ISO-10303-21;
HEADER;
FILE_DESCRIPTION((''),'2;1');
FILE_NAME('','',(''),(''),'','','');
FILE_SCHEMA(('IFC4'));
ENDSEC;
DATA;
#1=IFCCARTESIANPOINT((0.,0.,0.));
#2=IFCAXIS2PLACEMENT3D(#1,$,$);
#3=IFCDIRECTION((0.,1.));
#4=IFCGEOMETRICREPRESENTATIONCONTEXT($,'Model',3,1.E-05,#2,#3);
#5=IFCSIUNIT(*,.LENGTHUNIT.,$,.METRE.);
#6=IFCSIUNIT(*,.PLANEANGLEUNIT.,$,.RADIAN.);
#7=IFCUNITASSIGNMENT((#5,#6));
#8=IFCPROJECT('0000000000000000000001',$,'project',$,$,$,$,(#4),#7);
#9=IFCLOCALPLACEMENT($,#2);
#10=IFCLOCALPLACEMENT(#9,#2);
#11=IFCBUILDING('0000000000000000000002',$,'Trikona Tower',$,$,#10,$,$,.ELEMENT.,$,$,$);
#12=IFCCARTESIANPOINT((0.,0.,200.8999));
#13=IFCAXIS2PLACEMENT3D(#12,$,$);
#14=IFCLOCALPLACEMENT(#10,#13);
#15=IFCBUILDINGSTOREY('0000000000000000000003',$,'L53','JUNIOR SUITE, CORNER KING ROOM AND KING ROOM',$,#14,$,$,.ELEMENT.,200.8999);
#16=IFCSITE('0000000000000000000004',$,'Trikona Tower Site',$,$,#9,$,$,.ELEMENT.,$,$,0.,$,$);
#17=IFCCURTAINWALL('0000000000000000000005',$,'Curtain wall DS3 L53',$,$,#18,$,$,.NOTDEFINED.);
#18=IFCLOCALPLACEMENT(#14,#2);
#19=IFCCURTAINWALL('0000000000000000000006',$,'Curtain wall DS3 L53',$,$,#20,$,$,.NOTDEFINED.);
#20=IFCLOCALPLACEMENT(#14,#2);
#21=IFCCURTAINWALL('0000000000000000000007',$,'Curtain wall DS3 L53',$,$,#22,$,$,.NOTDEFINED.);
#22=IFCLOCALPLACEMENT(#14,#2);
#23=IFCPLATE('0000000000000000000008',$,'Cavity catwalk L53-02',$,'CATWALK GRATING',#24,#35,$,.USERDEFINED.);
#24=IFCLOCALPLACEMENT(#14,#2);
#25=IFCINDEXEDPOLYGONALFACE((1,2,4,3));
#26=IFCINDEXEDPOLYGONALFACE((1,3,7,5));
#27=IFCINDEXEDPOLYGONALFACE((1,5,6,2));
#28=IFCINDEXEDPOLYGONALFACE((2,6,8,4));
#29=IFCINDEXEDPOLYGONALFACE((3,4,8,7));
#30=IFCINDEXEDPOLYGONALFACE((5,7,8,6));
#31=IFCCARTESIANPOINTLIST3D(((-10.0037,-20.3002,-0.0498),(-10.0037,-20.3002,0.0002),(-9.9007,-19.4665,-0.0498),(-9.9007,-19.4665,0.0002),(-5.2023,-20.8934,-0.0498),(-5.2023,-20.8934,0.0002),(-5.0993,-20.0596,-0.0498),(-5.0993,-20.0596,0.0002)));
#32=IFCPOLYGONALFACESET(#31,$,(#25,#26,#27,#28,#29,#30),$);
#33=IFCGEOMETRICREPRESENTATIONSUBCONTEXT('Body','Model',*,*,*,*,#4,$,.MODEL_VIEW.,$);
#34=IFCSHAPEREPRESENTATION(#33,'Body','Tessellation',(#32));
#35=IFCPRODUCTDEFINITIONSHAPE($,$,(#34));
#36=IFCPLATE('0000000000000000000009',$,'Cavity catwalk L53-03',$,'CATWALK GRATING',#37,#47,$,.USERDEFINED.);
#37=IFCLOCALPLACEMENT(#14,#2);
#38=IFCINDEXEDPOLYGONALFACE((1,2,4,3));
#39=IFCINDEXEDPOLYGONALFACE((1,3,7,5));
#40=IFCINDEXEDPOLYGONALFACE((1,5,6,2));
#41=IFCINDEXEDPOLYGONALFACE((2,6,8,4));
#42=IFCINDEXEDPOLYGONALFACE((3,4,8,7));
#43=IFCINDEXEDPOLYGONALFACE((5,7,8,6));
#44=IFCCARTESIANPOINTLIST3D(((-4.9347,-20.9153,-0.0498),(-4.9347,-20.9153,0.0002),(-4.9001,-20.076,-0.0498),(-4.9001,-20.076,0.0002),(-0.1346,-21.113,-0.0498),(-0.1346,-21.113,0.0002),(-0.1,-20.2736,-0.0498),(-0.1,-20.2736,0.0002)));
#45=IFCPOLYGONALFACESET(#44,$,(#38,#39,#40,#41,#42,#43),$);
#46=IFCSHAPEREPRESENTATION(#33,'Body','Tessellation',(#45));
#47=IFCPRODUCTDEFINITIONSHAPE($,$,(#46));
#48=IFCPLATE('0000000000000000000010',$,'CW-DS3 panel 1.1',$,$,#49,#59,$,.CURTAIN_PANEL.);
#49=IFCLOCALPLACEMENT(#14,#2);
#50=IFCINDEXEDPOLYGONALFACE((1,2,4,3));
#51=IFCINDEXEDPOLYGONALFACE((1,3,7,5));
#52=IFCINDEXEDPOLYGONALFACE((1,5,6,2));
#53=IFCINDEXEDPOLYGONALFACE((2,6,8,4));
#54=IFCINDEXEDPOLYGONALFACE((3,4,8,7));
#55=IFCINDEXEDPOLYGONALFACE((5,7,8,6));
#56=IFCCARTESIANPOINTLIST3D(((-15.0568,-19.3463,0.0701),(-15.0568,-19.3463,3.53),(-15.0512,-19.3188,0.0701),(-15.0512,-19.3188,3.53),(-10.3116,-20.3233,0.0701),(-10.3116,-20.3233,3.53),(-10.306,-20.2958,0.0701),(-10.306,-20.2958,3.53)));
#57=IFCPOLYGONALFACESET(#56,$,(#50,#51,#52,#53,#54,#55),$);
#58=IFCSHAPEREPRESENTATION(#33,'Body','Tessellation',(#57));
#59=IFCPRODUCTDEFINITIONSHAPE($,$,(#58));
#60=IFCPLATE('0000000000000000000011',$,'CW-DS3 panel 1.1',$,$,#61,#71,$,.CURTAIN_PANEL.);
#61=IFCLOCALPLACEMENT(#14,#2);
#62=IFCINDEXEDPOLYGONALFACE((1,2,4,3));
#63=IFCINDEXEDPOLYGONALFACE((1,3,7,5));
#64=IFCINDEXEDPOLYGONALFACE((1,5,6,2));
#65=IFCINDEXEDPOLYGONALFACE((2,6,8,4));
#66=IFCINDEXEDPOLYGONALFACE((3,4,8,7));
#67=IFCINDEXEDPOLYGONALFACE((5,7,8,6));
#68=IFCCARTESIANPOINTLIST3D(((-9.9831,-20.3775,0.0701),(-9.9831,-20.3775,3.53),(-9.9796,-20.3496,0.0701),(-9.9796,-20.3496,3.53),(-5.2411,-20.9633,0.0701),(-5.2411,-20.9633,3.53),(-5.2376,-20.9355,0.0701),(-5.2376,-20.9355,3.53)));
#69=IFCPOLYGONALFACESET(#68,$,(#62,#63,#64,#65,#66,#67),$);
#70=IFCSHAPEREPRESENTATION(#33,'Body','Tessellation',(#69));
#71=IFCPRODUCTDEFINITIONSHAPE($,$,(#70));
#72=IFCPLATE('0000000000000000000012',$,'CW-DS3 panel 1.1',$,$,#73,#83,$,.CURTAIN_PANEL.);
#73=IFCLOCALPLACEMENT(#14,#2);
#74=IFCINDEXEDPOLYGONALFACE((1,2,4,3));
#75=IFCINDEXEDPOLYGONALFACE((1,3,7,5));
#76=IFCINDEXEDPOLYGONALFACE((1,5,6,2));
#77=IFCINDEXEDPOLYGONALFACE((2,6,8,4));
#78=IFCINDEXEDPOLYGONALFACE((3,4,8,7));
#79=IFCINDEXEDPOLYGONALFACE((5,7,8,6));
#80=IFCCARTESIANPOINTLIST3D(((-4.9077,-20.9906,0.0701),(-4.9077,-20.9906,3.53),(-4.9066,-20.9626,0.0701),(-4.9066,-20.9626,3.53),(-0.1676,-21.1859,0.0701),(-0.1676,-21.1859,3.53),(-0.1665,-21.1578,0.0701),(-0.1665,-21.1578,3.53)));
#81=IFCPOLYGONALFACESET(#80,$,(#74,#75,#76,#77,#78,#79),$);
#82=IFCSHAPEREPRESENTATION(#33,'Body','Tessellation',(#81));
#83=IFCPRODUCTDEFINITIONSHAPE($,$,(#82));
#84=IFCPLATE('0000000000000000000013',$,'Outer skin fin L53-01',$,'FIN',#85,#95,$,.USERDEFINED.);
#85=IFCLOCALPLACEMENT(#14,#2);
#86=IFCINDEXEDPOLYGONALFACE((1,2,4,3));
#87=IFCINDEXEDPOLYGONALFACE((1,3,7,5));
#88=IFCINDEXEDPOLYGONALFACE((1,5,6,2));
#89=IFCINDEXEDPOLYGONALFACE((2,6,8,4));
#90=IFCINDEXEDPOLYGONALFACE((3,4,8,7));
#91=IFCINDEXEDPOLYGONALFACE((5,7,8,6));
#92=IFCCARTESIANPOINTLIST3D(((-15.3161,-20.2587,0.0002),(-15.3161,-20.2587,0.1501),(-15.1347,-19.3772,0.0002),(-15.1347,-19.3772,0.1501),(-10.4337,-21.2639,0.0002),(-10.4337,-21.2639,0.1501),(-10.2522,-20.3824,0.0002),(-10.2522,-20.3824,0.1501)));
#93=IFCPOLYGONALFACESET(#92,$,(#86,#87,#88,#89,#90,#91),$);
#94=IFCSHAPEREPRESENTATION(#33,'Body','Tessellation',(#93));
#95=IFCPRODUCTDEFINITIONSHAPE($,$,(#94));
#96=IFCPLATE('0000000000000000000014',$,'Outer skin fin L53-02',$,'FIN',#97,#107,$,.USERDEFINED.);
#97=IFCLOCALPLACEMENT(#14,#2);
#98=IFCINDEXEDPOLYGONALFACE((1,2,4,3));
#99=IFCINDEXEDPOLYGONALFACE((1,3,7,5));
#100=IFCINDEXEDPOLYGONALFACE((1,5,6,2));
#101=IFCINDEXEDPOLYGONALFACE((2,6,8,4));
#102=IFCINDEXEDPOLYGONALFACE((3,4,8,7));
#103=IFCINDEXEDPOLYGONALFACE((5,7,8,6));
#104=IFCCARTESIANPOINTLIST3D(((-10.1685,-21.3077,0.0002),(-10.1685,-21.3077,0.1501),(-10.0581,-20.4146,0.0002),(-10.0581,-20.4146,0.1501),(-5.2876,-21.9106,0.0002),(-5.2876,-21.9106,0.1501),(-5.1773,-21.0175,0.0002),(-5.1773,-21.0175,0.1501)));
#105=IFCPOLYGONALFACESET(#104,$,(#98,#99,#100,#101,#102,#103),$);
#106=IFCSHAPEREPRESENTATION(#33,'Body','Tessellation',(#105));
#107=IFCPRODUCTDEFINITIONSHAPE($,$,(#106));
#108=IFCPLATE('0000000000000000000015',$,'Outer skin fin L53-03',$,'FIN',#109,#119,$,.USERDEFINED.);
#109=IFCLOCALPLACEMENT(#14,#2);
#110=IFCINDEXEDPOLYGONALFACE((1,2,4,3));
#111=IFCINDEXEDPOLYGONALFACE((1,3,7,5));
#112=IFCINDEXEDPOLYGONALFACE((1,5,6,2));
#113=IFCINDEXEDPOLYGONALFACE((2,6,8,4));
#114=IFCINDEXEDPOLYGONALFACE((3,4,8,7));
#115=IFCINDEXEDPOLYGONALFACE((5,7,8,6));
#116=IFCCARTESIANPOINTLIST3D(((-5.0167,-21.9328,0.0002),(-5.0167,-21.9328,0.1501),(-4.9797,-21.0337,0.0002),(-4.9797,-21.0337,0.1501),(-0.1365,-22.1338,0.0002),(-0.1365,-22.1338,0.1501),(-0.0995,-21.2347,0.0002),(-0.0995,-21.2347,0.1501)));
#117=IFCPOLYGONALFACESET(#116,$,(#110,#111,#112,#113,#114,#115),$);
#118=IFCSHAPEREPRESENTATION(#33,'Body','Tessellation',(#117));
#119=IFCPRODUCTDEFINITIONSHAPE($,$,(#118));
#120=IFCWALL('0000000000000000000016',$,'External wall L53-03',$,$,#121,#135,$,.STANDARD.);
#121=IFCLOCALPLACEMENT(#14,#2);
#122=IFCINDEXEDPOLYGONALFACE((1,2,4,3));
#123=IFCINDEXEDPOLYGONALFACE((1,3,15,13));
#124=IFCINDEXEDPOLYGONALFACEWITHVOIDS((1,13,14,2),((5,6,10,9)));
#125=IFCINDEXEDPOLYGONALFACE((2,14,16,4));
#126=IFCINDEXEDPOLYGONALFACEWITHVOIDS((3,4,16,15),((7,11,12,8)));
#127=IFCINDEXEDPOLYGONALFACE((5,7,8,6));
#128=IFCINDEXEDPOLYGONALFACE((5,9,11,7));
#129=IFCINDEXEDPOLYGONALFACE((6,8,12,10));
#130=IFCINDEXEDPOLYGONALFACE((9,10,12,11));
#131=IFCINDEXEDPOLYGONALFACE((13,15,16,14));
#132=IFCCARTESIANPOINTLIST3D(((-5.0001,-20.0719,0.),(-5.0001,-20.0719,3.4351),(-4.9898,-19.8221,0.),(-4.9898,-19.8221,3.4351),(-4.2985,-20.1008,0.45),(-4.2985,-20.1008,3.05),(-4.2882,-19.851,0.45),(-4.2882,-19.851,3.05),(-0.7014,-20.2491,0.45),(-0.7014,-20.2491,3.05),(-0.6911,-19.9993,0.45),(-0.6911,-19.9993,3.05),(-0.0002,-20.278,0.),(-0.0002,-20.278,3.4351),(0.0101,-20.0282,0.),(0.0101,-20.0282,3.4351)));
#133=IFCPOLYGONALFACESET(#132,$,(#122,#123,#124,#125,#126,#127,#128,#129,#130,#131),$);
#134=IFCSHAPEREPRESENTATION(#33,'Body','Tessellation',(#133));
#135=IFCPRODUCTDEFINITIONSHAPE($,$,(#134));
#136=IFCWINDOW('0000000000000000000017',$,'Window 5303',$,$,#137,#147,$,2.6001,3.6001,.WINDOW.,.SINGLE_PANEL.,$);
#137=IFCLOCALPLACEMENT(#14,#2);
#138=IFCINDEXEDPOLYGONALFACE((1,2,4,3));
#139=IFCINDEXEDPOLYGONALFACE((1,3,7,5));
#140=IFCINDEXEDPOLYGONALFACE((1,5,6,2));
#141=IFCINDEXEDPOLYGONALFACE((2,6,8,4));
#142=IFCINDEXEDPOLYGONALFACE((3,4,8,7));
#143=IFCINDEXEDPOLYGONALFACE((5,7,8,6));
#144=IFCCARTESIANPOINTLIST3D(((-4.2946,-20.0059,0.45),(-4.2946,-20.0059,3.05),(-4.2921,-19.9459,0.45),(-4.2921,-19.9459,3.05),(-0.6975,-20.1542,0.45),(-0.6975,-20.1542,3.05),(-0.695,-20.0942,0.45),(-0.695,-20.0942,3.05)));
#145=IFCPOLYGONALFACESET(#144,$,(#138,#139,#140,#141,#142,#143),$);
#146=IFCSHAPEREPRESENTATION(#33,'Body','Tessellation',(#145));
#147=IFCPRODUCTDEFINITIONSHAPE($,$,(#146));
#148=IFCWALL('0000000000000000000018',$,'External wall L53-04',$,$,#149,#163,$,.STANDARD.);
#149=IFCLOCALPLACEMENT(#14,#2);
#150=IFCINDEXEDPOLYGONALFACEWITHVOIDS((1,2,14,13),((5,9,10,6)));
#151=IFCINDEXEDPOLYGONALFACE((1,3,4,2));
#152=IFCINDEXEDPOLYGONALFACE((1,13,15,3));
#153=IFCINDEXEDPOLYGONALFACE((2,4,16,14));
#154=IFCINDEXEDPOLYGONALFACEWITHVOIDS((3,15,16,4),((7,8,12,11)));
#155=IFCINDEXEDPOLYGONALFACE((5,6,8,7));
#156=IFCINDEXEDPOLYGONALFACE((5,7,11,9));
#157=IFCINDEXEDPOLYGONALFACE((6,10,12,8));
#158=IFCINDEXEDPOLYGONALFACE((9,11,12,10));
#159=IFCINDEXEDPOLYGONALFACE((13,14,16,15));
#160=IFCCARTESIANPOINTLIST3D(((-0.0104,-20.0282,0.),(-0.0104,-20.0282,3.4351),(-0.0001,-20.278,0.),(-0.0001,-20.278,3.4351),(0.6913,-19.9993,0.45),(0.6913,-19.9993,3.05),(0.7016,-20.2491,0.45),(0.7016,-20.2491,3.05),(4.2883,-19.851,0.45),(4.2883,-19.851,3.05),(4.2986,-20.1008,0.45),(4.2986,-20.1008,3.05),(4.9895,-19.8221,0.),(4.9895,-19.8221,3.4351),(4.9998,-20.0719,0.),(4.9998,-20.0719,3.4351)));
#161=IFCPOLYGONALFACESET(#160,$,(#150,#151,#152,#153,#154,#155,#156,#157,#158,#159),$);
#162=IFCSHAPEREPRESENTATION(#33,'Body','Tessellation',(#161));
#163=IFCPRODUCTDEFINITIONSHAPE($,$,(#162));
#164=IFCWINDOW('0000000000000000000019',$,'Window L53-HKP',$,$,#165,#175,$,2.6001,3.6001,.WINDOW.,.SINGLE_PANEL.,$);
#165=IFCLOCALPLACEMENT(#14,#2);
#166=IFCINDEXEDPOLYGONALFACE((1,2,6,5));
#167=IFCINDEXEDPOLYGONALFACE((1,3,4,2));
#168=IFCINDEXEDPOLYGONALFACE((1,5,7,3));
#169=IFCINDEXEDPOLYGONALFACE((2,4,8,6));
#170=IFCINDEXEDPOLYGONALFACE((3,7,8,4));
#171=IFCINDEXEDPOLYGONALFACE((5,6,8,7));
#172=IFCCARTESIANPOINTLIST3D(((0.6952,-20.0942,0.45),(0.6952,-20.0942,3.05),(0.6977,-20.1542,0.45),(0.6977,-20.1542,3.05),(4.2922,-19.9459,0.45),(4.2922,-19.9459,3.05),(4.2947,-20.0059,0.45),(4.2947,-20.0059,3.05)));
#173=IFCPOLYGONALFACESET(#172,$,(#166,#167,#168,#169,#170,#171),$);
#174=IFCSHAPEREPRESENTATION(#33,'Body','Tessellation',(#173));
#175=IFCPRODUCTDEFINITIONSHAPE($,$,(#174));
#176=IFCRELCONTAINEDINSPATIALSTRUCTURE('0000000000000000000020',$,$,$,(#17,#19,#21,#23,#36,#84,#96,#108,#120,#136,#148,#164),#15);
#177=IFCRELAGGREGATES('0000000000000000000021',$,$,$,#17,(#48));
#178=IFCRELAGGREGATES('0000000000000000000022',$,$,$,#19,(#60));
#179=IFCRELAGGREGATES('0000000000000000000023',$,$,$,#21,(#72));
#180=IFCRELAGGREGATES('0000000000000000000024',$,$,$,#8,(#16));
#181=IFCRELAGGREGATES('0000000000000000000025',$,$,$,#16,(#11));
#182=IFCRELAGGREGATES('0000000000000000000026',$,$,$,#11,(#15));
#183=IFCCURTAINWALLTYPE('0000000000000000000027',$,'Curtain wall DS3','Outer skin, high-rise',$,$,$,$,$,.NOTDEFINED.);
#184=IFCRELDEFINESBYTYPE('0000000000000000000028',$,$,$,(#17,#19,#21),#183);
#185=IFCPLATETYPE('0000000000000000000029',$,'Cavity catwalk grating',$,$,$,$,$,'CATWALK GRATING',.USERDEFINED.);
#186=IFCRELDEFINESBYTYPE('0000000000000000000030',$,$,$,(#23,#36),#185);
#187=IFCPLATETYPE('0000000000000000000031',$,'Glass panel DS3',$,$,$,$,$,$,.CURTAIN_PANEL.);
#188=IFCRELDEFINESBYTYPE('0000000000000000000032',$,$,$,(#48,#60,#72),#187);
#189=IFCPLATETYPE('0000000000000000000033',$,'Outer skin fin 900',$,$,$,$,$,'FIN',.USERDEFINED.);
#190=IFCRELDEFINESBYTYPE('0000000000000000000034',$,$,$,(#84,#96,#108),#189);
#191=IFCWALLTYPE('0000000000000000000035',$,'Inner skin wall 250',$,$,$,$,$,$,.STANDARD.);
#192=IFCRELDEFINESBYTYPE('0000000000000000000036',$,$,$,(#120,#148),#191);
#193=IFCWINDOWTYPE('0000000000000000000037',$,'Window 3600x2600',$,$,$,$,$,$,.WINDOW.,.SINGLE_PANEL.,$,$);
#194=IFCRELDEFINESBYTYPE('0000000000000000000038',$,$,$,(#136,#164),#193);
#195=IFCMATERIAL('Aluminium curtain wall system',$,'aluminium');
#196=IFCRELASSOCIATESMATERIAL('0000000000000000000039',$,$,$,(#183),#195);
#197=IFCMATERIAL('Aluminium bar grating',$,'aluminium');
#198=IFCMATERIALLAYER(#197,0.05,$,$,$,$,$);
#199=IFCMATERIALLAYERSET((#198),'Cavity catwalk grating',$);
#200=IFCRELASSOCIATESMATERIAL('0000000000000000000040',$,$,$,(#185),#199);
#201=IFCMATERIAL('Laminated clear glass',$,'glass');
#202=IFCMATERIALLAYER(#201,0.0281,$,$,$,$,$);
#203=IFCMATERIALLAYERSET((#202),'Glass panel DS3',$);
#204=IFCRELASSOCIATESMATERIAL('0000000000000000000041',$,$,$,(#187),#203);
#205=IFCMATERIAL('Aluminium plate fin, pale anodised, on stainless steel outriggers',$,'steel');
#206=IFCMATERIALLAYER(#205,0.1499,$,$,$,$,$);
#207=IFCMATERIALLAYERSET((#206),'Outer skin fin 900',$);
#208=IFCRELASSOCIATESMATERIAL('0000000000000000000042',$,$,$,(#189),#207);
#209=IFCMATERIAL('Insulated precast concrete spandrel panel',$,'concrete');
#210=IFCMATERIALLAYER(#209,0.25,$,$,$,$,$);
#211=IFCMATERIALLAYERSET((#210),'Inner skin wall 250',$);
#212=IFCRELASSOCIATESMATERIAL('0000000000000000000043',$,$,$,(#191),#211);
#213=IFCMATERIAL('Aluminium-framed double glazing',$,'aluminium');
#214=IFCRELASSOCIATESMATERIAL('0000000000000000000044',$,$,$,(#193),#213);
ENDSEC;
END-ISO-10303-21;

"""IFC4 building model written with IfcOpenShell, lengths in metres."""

from ifc_helpers import new_model, si_unit, direction, frame, frame_2d, origin, origin_2d, place, context, subcontext, project, spatial, rectangle, extrude, material, layer, layer_set, type_object, element, fill, aggregate, save


model = new_model("IFC4")

# Units and contexts
model_context = context("Model", 3, precision=1e-05, world=origin(), true_north=direction((0.0, 1.0)))
body_context = subcontext(model_context, "Body", "Model", "MODEL_VIEW")
ifc_project = project(units=[si_unit("LENGTHUNIT", "METRE"), si_unit("PLANEANGLEUNIT", "RADIAN")], contexts=[model_context])

# Site, building, storey
site_placement = place(None, origin())
site = spatial("IfcSite", under=ifc_project, at=site_placement, Name="Trikona Tower Site", CompositionType="ELEMENT", RefElevation=0.0)
building_placement = place(site_placement, origin())
building = spatial("IfcBuilding", under=site, at=building_placement, Name="Trikona Tower", CompositionType="ELEMENT")
storey_placement = place(building_placement, frame((0.0, 0.0, 200.8999)))
storey = spatial("IfcBuildingStorey", under=building, at=storey_placement, Name="L53", Description="JUNIOR SUITE, CORNER KING ROOM AND KING ROOM", CompositionType="ELEMENT", Elevation=200.8999)

# Curtain wall
ifc_material_1 = material(Name="Aluminium curtain wall system", Category="aluminium")
curtain_wall_type = type_object("IfcCurtainWallType", Name="Curtain wall DS3", Description="Outer skin, high-rise", PredefinedType="NOTDEFINED", material=ifc_material_1)
curtain_wall_1_placement = place(storey_placement, origin())
curtain_wall_1 = element("IfcCurtainWall", 1, at=curtain_wall_1_placement, inside=storey, type_object=curtain_wall_type, Name="Curtain wall DS3 L53", PredefinedType="NOTDEFINED")

# Curtain walls
curtain_wall_2_placement = place(storey_placement, origin())
curtain_wall_2 = element("IfcCurtainWall", 2, at=curtain_wall_2_placement, inside=storey, type_object=curtain_wall_type, Name="Curtain wall DS3 L53", PredefinedType="NOTDEFINED")
curtain_wall_3_placement = place(storey_placement, origin())
curtain_wall_3 = element("IfcCurtainWall", 3, at=curtain_wall_3_placement, inside=storey, type_object=curtain_wall_type, Name="Curtain wall DS3 L53", PredefinedType="NOTDEFINED")

# Plates
ifc_material_2 = material(Name="Aluminium bar grating", Category="aluminium")
ifc_layer_1 = layer(ifc_material_2, 0.05)
ifc_layer_set_1 = layer_set([ifc_layer_1], Name="Cavity catwalk grating")
plate_type_1 = type_object("IfcPlateType", Name="Cavity catwalk grating", ElementType="CATWALK GRATING", PredefinedType="USERDEFINED", material=ifc_layer_set_1)
plate_1_placement = place(storey_placement, frame((-7.5515, -20.1799, -0.0498), z_axis=(0.0, 0.0, 1.0), x_axis=(0.992455, -0.122607, 0.0)))
element("IfcPlate", 4, at=plate_1_placement, inside=storey, type_object=plate_type_1, Name="Cavity catwalk L53-02", ObjectType="CATWALK GRATING", PredefinedType="USERDEFINED", context=body_context, shape_type="SweptSolid", body=[
    extrude(rectangle(XDim=4.8379, YDim=0.8401, at=origin_2d()), origin(), (0.0, 0.0, 1.0), 0.05),
])
plate_2_placement = place(storey_placement, frame((-2.5173, -20.5945, -0.0498), z_axis=(0.0, 0.0, 1.0), x_axis=(0.999153, -0.041145, 0.0)))
element("IfcPlate", 5, at=plate_2_placement, inside=storey, type_object=plate_type_1, Name="Cavity catwalk L53-03", ObjectType="CATWALK GRATING", PredefinedType="USERDEFINED", context=body_context, shape_type="SweptSolid", body=[
    extrude(rectangle(XDim=4.8042, YDim=0.8401, at=origin_2d()), origin(), (0.0, 0.0, 1.0), 0.05),
])

# Plates
ifc_material_3 = material(Name="Laminated clear glass", Category="glass")
ifc_layer_2 = layer(ifc_material_3, 0.0281)
ifc_layer_set_2 = layer_set([ifc_layer_2], Name="Glass panel DS3")
plate_type_2 = type_object("IfcPlateType", Name="Glass panel DS3", PredefinedType="CURTAIN_PANEL", material=ifc_layer_set_2)
plate_3_placement = place(storey_placement, frame((-12.6814, -19.821, 0.0701), z_axis=(0.0, 0.0, 1.0), x_axis=(0.979457, -0.201653, 0.0)))
plate_3 = element("IfcPlate", 6, at=plate_3_placement, type_object=plate_type_2, Name="CW-DS3 panel 1.1", PredefinedType="CURTAIN_PANEL", context=body_context, shape_type="SweptSolid", body=[
    extrude(rectangle(XDim=4.8447, YDim=0.0281, at=origin_2d()), origin(), (0.0, 0.0, 1.0), 3.46),
])
aggregate(curtain_wall_1, [plate_3])
plate_4_placement = place(storey_placement, frame((-7.6104, -20.6565, 0.0701), z_axis=(0.0, 0.0, 1.0), x_axis=(0.992455, -0.122611, 0.0)))
plate_4 = element("IfcPlate", 7, at=plate_4_placement, type_object=plate_type_2, Name="CW-DS3 panel 1.1", PredefinedType="CURTAIN_PANEL", context=body_context, shape_type="SweptSolid", body=[
    extrude(rectangle(XDim=4.7781, YDim=0.0281, at=origin_2d()), origin(), (0.0, 0.0, 1.0), 3.46),
])
aggregate(curtain_wall_2, [plate_4])
plate_5_placement = place(storey_placement, frame((-2.5371, -21.0742, 0.0701), z_axis=(0.0, 0.0, 1.0), x_axis=(0.999153, -0.041153, 0.0)))
plate_5 = element("IfcPlate", 8, at=plate_5_placement, type_object=plate_type_2, Name="CW-DS3 panel 1.1", PredefinedType="CURTAIN_PANEL", context=body_context, shape_type="SweptSolid", body=[
    extrude(rectangle(XDim=4.7441, YDim=0.0281, at=origin_2d()), origin(), (0.0, 0.0, 1.0), 3.46),
])
aggregate(curtain_wall_3, [plate_5])

# Plates
ifc_material_4 = material(Name="Aluminium plate fin, pale anodised, on stainless steel outriggers", Category="steel")
ifc_layer_3 = layer(ifc_material_4, 0.1499)
ifc_layer_set_3 = layer_set([ifc_layer_3], Name="Outer skin fin 900")
plate_type_3 = type_object("IfcPlateType", Name="Outer skin fin 900", ElementType="FIN", PredefinedType="USERDEFINED", material=ifc_layer_set_3)
plate_6_placement = place(storey_placement, frame((-12.7842, -20.3206, 0.0002), z_axis=(0.0, 0.0, 1.0), x_axis=(0.979458, -0.201651, 0.0)))
element("IfcPlate", 9, at=plate_6_placement, inside=storey, type_object=plate_type_3, Name="Outer skin fin L53-01", ObjectType="FIN", PredefinedType="USERDEFINED", context=body_context, shape_type="SweptSolid", body=[
    extrude(rectangle(XDim=4.9849, YDim=0.8999, at=origin_2d()), origin(), (0.0, 0.0, 1.0), 0.1499),
])
plate_7_placement = place(storey_placement, frame((-7.6729, -21.1626, 0.0002), z_axis=(0.0, 0.0, 1.0), x_axis=(0.992455, -0.122607, 0.0)))
element("IfcPlate", 10, at=plate_7_placement, inside=storey, type_object=plate_type_3, Name="Outer skin fin L53-02", ObjectType="FIN", PredefinedType="USERDEFINED", context=body_context, shape_type="SweptSolid", body=[
    extrude(rectangle(XDim=4.918, YDim=0.8999, at=origin_2d()), origin(), (0.0, 0.0, 1.0), 0.1499),
])
plate_8_placement = place(storey_placement, frame((-2.5581, -21.5837, 0.0002), z_axis=(0.0, 0.0, 1.0), x_axis=(0.999153, -0.041145, 0.0)))
element("IfcPlate", 11, at=plate_8_placement, inside=storey, type_object=plate_type_3, Name="Outer skin fin L53-03", ObjectType="FIN", PredefinedType="USERDEFINED", context=body_context, shape_type="SweptSolid", body=[
    extrude(rectangle(XDim=4.8843, YDim=0.8999, at=origin_2d()), origin(), (0.0, 0.0, 1.0), 0.1499),
])

# Walls, openings, windows
ifc_material_5 = material(Name="Insulated precast concrete spandrel panel", Category="concrete")
ifc_layer_4 = layer(ifc_material_5, 0.25)
ifc_layer_set_4 = layer_set([ifc_layer_4], Name="Inner skin wall 250")
wall_type = type_object("IfcWallType", Name="Inner skin wall 250", PredefinedType="STANDARD", material=ifc_layer_set_4)
wall_1_placement = place(storey_placement, frame((-4.9949, -19.947, 0.0), z_axis=(0.0, 0.0, 1.0), x_axis=(0.999152, -0.041176, 0.0)))
wall_1 = element("IfcWall", 12, at=wall_1_placement, inside=storey, type_object=wall_type, Name="External wall L53-03", PredefinedType="STANDARD", context=body_context, shape_type="SweptSolid", body=[
    extrude(rectangle(XDim=5.0042, YDim=0.25, at=frame_2d((2.502, 0.0))), origin(), (0.0, 0.0, 1.0), 3.4351),
])
opening_1_placement = place(wall_1_placement, frame((0.7021, 0.0, 0.45)))
opening_1 = element("IfcOpeningElement", 13, at=opening_1_placement, cuts=wall_1, PredefinedType="OPENING", context=body_context, shape_type="SweptSolid", body=[
    extrude(rectangle(XDim=3.6001, YDim=2.6001, at=frame_2d((1.8, 1.3))), frame((0.0, 0.135, 0.0), z_axis=(0.0, -1.0, 0.0), x_axis=(1.0, 0.0, 0.0)), (0.0, 0.0, 1.0), 0.27),
])
ifc_material_6 = material(Name="Aluminium-framed double glazing", Category="aluminium")
window_type = type_object("IfcWindowType", Name="Window 3600x2600", PartitioningType="SINGLE_PANEL", PredefinedType="WINDOW", material=ifc_material_6)
window_1_placement = place(opening_1_placement, origin())
window_1 = element("IfcWindow", 14, at=window_1_placement, inside=storey, type_object=window_type, Name="Window 5303", OverallHeight=2.6001, OverallWidth=3.6001, PartitioningType="SINGLE_PANEL", PredefinedType="WINDOW", context=body_context, shape_type="SweptSolid", body=[
    extrude(rectangle(XDim=3.6001, YDim=2.6001, at=frame_2d((1.8, 1.3))), frame((0.0, 0.03, 0.0), z_axis=(0.0, -1.0, 0.0), x_axis=(1.0, 0.0, 0.0)), (0.0, 0.0, 1.0), 0.0601),
])
fill(opening_1, window_1)
wall_2_placement = place(storey_placement, frame((-0.0051, -20.1531, 0.0), z_axis=(0.0, 0.0, 1.0), x_axis=(0.999152, 0.041176, 0.0)))
wall_2 = element("IfcWall", 15, at=wall_2_placement, inside=storey, type_object=wall_type, Name="External wall L53-04", PredefinedType="STANDARD", context=body_context, shape_type="SweptSolid", body=[
    extrude(rectangle(XDim=5.0042, YDim=0.25, at=frame_2d((2.502, 0.0))), origin(), (0.0, 0.0, 1.0), 3.4351),
])
opening_2_placement = place(wall_2_placement, frame((0.7021, 0.0, 0.45)))
opening_2 = element("IfcOpeningElement", 16, at=opening_2_placement, cuts=wall_2, PredefinedType="OPENING", context=body_context, shape_type="SweptSolid", body=[
    extrude(rectangle(XDim=3.6001, YDim=2.6001, at=frame_2d((1.8, 1.3))), frame((0.0, 0.135, 0.0), z_axis=(0.0, -1.0, 0.0), x_axis=(1.0, 0.0, 0.0)), (0.0, 0.0, 1.0), 0.27),
])
window_2_placement = place(opening_2_placement, origin())
window_2 = element("IfcWindow", 17, at=window_2_placement, inside=storey, type_object=window_type, Name="Window L53-HKP", OverallHeight=2.6001, OverallWidth=3.6001, PartitioningType="SINGLE_PANEL", PredefinedType="WINDOW", context=body_context, shape_type="SweptSolid", body=[
    extrude(rectangle(XDim=3.6001, YDim=2.6001, at=frame_2d((1.8, 1.3))), frame((0.0, 0.03, 0.0), z_axis=(0.0, -1.0, 0.0), x_axis=(1.0, 0.0, 0.0)), (0.0, 0.0, 1.0), 0.0601),
])
fill(opening_2, window_2)

save(model, "model.ifc")
